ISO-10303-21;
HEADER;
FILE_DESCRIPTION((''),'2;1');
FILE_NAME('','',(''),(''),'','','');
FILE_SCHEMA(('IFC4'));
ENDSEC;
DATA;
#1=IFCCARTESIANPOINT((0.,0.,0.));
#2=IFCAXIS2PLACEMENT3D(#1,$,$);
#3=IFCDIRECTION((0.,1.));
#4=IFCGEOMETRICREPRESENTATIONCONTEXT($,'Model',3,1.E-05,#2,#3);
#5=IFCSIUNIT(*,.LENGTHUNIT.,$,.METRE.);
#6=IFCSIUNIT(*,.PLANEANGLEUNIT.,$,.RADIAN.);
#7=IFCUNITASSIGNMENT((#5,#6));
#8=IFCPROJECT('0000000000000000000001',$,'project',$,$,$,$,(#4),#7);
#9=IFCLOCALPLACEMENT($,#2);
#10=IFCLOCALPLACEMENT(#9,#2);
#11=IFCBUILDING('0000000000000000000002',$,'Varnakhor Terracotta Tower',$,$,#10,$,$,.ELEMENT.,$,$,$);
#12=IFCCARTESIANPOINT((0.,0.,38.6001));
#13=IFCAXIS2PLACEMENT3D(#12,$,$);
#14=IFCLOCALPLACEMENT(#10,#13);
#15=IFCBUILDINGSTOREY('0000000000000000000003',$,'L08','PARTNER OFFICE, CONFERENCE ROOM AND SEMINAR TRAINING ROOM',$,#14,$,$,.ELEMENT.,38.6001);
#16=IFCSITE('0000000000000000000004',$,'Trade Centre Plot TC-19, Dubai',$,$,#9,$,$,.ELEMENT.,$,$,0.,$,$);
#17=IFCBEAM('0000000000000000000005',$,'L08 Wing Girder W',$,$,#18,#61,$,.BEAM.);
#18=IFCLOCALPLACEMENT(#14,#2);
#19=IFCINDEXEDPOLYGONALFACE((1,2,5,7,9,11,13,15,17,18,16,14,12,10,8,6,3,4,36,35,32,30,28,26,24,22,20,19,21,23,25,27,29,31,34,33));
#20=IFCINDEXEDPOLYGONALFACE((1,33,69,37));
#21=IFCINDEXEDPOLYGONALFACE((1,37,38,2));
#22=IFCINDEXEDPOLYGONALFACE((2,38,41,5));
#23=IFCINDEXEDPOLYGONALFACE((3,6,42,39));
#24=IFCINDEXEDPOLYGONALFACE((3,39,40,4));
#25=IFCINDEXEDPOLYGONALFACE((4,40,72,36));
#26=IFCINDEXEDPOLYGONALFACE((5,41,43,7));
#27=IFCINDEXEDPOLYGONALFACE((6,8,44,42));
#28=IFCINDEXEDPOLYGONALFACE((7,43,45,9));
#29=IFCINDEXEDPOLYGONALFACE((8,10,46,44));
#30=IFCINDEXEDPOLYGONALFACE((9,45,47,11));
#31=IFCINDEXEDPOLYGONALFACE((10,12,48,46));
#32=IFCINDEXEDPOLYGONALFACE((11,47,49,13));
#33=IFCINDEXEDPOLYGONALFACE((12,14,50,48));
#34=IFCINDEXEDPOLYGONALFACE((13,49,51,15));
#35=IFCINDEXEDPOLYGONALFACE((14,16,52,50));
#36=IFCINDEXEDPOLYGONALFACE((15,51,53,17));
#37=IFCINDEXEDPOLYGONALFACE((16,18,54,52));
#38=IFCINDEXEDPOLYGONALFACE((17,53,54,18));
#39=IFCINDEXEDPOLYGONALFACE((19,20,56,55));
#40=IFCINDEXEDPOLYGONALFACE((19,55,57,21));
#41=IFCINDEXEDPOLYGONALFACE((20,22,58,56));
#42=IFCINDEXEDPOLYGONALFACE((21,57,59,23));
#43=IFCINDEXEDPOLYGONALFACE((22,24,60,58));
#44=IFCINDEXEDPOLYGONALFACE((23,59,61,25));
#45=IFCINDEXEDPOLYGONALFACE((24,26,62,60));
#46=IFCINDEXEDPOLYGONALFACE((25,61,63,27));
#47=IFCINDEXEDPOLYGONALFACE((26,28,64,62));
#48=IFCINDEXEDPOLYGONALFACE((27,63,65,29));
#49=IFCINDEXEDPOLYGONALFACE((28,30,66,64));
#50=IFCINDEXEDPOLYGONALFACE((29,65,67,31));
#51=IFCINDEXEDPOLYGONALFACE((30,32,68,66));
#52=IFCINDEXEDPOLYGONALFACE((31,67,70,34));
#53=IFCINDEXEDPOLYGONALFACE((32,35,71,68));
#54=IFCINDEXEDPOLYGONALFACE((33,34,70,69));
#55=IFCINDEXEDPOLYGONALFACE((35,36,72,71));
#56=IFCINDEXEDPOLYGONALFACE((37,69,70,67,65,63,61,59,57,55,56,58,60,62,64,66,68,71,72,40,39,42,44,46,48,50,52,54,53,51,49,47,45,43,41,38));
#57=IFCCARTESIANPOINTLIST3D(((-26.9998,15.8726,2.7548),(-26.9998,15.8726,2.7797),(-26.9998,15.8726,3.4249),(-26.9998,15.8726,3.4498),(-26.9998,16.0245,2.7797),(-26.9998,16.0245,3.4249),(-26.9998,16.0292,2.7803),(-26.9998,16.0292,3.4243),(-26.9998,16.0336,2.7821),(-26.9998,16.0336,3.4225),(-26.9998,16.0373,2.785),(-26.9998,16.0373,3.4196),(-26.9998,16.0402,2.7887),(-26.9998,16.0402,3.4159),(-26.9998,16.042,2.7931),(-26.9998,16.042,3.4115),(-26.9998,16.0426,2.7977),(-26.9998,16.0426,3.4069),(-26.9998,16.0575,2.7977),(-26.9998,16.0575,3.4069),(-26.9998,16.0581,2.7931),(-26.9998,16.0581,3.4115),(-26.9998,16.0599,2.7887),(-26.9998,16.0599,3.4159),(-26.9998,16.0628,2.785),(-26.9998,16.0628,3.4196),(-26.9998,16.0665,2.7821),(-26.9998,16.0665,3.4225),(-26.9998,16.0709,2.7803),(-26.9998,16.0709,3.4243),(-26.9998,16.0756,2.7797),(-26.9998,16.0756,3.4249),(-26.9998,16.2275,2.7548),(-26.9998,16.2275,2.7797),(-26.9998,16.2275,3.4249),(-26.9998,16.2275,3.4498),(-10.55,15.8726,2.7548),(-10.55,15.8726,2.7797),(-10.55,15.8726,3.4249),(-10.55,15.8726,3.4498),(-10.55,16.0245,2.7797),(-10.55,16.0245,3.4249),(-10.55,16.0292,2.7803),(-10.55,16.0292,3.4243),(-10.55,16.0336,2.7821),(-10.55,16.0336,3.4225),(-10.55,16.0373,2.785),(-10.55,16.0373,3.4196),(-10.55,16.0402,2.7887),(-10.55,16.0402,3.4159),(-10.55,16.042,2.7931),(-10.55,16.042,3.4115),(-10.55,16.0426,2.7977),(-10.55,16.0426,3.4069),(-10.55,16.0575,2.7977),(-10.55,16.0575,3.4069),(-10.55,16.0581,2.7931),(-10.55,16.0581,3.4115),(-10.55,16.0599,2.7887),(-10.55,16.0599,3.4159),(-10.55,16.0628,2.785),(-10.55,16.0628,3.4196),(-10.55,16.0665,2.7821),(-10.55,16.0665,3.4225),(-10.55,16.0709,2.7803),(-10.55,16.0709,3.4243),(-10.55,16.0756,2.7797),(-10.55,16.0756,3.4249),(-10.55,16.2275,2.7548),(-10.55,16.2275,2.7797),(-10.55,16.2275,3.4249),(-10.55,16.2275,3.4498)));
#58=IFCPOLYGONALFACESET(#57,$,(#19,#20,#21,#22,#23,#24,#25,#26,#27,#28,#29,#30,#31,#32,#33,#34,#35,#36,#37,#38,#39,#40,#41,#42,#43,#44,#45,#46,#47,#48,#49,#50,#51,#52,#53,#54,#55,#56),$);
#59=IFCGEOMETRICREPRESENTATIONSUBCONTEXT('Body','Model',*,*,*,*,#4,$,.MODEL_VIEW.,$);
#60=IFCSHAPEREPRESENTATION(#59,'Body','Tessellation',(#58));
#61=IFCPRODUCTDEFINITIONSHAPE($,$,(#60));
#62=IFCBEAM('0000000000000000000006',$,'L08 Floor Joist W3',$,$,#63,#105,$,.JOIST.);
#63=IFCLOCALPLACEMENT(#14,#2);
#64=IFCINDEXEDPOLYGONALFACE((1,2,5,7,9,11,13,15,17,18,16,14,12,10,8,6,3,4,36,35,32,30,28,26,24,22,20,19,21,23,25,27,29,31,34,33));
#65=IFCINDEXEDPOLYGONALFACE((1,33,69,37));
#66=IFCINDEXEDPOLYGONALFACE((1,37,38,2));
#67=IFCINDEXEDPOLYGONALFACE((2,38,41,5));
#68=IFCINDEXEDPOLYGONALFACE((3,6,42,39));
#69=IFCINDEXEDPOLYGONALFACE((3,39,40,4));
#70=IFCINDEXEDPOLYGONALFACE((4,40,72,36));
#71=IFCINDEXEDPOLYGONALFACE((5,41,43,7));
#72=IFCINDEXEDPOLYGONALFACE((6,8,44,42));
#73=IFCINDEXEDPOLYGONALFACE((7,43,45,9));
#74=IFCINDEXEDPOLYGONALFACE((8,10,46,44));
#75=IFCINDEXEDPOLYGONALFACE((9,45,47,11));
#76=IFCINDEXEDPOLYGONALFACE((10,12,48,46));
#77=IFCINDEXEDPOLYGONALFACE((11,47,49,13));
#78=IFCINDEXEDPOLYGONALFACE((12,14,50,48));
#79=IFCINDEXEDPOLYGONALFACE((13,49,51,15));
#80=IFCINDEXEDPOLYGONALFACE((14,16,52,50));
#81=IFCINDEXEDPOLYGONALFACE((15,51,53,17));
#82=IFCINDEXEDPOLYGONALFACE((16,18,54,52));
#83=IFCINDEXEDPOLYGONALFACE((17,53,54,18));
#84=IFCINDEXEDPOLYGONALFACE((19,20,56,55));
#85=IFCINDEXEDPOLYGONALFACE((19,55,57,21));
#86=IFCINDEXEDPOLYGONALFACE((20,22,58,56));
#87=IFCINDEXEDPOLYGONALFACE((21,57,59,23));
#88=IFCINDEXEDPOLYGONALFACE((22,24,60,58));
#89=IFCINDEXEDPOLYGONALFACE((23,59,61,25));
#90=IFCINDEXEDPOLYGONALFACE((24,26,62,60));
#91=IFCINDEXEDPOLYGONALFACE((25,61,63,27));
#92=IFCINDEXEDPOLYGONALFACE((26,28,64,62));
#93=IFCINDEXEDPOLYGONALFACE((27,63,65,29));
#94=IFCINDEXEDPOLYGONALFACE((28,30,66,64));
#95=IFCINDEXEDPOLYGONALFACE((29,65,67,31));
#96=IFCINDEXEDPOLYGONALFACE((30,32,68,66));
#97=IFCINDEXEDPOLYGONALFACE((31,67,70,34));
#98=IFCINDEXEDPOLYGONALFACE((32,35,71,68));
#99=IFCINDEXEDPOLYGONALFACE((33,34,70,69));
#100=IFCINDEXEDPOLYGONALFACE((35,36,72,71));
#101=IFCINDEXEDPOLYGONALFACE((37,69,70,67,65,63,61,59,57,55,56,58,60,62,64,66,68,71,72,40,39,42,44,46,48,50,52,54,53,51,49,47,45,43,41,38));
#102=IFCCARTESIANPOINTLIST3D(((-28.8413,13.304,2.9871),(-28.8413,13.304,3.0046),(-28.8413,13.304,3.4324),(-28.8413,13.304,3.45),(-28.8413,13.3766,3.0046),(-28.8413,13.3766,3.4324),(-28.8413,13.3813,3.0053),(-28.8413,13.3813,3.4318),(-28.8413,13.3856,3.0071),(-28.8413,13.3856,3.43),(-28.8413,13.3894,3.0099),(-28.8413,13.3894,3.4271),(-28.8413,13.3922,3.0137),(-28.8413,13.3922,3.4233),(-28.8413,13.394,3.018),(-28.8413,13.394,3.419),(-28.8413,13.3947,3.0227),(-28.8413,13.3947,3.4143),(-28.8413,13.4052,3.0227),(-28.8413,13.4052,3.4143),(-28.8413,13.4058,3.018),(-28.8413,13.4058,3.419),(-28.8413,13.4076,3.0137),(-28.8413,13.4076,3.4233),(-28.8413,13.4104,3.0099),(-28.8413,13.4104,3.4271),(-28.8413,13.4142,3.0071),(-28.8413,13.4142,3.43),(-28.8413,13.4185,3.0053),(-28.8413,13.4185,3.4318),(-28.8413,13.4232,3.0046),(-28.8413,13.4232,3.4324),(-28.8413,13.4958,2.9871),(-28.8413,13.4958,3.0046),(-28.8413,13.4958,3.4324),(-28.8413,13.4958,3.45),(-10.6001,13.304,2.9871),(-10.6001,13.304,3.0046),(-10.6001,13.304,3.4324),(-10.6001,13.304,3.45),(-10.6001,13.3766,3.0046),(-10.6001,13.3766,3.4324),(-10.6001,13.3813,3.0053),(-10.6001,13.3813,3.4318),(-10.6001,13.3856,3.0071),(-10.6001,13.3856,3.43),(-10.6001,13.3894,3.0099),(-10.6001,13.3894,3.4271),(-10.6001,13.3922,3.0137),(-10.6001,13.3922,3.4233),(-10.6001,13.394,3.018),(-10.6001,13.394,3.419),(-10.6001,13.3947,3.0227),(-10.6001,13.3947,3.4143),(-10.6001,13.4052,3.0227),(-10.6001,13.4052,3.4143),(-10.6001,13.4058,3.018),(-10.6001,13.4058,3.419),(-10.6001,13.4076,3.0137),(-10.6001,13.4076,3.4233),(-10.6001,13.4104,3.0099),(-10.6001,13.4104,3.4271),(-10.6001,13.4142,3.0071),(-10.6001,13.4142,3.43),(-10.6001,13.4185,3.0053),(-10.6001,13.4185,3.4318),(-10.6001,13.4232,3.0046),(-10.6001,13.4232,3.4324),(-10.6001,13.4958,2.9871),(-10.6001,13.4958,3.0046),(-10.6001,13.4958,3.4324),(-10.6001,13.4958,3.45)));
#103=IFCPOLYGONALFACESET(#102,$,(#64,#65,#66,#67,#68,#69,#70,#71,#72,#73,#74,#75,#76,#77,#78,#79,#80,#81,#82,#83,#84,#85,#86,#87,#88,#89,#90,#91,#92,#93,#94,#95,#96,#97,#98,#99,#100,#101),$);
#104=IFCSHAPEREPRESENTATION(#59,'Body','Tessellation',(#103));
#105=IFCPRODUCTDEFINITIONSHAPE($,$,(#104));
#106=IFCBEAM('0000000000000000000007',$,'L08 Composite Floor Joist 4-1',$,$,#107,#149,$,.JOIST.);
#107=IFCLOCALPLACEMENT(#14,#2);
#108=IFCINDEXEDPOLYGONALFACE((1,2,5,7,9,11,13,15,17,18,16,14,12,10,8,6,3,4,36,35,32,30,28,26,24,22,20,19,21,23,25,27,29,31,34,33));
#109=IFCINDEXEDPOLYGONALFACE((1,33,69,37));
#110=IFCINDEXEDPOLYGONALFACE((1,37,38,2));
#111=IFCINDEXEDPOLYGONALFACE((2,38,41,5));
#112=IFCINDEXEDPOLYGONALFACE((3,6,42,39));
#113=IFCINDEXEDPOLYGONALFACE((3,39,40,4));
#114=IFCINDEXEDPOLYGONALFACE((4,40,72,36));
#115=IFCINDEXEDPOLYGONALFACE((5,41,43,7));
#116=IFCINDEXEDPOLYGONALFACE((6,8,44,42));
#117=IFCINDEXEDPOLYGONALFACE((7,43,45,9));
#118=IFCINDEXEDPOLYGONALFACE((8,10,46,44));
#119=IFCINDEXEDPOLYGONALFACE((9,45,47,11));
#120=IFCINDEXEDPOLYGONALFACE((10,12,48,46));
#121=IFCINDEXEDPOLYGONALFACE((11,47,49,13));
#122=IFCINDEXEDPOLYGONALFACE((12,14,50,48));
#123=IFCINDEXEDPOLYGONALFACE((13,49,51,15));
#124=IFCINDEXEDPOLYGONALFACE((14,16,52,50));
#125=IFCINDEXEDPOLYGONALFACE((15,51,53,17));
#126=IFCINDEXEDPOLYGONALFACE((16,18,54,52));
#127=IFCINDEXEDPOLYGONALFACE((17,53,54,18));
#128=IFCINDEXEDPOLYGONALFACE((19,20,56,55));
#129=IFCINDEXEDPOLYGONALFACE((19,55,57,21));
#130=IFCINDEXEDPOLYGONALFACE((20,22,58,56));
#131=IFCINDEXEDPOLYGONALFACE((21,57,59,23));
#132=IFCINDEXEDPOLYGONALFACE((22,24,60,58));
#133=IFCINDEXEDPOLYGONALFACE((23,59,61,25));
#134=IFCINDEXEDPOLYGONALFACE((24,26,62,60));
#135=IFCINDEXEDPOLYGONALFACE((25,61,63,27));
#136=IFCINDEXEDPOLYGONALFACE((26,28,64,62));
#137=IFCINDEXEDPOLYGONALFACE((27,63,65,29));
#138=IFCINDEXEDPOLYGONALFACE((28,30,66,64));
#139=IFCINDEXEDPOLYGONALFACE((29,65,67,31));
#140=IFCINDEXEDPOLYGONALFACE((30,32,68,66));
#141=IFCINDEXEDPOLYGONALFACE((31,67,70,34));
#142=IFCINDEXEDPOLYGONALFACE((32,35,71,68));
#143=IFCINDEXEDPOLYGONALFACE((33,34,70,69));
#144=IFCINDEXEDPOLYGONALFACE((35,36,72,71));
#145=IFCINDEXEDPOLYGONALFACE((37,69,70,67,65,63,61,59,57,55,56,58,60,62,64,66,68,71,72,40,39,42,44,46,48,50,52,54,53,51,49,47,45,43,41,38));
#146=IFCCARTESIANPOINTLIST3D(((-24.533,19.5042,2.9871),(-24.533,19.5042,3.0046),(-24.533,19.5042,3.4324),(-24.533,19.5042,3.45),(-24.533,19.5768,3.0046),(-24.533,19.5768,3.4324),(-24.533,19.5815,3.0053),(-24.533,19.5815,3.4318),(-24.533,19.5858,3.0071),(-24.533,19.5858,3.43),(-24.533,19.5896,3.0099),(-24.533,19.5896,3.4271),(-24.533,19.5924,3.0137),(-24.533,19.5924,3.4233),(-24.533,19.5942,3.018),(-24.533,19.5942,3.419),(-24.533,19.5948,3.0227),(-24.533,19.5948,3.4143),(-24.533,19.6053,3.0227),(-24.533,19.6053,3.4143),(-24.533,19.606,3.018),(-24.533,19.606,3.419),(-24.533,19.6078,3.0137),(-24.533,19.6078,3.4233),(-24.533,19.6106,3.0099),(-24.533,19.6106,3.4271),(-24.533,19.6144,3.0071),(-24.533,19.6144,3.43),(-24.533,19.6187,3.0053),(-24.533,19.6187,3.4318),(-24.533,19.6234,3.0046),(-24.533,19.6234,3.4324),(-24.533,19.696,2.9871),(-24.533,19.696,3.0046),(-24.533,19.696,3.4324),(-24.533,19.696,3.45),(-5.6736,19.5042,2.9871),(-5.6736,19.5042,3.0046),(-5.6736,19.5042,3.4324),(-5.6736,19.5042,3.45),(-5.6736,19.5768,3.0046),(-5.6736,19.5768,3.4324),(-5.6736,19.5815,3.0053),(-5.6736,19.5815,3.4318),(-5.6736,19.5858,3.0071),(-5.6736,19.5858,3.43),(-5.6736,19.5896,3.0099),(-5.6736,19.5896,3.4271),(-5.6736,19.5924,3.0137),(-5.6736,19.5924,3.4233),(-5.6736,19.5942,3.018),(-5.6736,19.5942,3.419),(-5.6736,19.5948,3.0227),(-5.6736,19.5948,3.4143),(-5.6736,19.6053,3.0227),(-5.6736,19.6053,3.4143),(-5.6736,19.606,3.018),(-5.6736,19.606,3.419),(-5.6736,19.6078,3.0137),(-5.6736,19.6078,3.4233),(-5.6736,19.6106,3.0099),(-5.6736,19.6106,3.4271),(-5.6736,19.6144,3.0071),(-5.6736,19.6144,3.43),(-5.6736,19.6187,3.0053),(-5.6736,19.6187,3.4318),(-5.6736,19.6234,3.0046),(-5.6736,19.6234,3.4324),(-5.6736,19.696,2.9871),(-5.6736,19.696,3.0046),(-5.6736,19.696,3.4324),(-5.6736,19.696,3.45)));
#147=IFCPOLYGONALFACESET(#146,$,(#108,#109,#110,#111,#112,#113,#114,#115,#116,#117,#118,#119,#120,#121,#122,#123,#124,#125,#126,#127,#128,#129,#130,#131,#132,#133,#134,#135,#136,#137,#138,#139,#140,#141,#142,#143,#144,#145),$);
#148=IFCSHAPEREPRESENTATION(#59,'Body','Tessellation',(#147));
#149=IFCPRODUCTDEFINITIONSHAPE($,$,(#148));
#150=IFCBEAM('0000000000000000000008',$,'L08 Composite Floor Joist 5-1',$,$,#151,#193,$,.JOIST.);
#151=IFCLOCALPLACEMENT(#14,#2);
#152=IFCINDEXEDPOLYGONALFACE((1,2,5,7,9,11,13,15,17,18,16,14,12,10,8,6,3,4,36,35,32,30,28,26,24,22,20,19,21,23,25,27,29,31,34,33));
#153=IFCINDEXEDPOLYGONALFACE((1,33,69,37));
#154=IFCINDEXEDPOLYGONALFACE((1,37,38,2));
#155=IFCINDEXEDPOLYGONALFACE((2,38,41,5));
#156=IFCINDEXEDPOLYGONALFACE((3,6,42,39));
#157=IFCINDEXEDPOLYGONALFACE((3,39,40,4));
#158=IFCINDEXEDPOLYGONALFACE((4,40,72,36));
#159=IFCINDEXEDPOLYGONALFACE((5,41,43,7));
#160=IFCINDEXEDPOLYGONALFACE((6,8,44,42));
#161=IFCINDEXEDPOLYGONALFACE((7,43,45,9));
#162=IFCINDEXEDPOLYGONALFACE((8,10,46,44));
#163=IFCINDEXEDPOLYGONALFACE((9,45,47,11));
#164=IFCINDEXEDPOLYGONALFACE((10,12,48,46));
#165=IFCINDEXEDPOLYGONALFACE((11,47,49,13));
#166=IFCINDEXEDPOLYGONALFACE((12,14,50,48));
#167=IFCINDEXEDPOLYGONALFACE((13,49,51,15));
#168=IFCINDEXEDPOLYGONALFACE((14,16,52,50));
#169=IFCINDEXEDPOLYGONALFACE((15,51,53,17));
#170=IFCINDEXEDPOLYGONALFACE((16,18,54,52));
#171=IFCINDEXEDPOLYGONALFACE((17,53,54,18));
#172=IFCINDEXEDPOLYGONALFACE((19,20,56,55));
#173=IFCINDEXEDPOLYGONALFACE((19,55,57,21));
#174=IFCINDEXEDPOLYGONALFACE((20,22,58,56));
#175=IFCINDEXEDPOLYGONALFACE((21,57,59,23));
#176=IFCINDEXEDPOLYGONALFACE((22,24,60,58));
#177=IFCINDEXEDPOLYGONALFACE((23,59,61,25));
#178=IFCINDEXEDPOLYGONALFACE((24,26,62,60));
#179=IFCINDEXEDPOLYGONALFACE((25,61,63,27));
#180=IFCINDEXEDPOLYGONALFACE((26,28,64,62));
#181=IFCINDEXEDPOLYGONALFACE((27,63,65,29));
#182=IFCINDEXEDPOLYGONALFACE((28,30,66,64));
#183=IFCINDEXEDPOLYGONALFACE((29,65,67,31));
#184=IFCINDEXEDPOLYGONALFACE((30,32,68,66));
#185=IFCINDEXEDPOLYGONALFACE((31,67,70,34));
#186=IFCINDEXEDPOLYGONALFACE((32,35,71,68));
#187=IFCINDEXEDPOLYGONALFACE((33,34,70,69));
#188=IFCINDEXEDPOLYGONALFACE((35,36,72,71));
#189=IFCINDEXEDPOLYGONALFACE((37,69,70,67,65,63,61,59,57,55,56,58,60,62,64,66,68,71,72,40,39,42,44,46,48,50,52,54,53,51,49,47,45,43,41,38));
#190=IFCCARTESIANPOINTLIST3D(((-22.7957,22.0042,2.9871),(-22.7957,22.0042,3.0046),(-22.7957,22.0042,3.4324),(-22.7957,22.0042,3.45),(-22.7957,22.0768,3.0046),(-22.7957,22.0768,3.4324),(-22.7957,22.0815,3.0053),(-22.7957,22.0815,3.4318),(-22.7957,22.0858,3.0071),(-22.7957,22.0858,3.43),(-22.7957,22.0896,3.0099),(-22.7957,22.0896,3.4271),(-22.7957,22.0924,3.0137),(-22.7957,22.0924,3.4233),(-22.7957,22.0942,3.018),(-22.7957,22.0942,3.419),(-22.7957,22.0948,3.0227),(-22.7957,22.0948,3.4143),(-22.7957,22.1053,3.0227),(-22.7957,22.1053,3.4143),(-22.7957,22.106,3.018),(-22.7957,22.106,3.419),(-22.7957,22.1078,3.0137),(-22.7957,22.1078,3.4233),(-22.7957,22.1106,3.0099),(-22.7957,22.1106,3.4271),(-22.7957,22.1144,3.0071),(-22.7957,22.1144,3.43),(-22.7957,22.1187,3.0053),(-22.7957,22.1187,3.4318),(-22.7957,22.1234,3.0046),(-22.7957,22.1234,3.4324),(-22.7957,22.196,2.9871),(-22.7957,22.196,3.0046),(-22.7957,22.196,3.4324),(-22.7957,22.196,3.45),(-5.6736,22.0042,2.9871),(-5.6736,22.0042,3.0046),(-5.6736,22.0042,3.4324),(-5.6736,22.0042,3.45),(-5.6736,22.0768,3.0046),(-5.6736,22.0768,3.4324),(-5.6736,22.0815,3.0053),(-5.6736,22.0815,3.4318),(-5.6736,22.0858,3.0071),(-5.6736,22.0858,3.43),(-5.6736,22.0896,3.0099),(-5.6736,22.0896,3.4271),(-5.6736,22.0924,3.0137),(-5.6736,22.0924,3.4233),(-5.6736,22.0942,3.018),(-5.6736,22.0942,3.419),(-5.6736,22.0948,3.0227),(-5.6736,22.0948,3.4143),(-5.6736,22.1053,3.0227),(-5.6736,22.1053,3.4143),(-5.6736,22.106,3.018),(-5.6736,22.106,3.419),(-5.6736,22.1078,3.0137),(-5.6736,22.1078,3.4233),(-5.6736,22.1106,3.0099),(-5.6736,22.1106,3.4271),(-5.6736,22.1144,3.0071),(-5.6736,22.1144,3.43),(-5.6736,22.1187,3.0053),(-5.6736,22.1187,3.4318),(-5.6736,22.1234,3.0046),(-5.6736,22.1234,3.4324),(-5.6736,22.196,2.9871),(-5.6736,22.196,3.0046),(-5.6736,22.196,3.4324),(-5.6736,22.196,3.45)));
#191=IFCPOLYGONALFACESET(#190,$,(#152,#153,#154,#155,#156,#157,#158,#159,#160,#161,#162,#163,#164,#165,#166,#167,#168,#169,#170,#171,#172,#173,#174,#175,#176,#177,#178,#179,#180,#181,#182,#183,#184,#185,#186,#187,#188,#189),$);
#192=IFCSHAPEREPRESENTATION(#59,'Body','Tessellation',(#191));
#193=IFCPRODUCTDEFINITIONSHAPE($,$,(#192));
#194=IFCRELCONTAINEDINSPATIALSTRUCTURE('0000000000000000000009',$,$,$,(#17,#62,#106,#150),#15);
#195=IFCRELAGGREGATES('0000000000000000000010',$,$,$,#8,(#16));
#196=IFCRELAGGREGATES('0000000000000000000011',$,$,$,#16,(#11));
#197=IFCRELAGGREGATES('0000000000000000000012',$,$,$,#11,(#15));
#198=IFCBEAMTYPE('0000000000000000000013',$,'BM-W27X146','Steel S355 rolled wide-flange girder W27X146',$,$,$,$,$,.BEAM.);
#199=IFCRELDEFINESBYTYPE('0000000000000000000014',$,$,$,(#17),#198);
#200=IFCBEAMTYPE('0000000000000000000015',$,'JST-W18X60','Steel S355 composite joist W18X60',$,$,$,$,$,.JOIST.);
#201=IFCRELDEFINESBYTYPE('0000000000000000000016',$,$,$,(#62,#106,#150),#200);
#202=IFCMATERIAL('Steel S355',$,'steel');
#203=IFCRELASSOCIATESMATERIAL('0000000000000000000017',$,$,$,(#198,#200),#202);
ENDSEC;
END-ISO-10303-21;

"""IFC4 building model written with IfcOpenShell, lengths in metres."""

from ifc_helpers import new_model, si_unit, direction, frame, origin, origin_2d, place, context, subcontext, project, spatial, i_section, extrude, source, transform, mapped, material, material_profile, profile_set, type_object, element, save


model = new_model("IFC4")

# Units and contexts
model_context = context("Model", 3, precision=1e-05, world=origin(), true_north=direction((0.0, 1.0)))
body_context = subcontext(model_context, "Body", "Model", "MODEL_VIEW")
ifc_project = project(units=[si_unit("LENGTHUNIT", "METRE"), si_unit("PLANEANGLEUNIT", "RADIAN")], contexts=[model_context])

# Site, building, storey
site_placement = place(None, origin())
site = spatial("IfcSite", under=ifc_project, at=site_placement, Name="Trade Centre Plot TC-19, Dubai", CompositionType="ELEMENT", RefElevation=0.0)
building_placement = place(site_placement, origin())
building = spatial("IfcBuilding", under=site, at=building_placement, Name="Varnakhor Terracotta Tower", CompositionType="ELEMENT")
storey_placement = place(building_placement, frame((0.0, 0.0, 38.6001)))
storey = spatial("IfcBuildingStorey", under=building, at=storey_placement, Name="L08", Description="PARTNER OFFICE, CONFERENCE ROOM AND SEMINAR TRAINING ROOM", CompositionType="ELEMENT", Elevation=38.6001)

# Beams
ifc_material_1 = material(Name="Steel S355", Category="steel")
ifc_material_profile_1 = material_profile(ifc_material_1, i_section(OverallWidth=0.355, OverallDepth=0.6951, WebThickness=0.0149, FlangeThickness=0.0249, FilletRadius=0.0181, at=origin_2d()), Name="W27X146")
ifc_profile_set_1 = profile_set([ifc_material_profile_1], Name="Steel S355")
beam_type_1 = type_object("IfcBeamType", Name="BM-W27X146", Description="Steel S355 rolled wide-flange girder W27X146", PredefinedType="BEAM", material=ifc_profile_set_1)
shared_shape_1 = source(origin(), body_context, "Body", "SweptSolid", [
    extrude(i_section(OverallWidth=0.355, OverallDepth=0.6951, WebThickness=0.0149, FlangeThickness=0.0249, FilletRadius=0.0181, at=origin_2d()), origin(), (0.0, 0.0, 1.0), 16.4497),
])
beam_1_placement = place(storey_placement, frame((-26.9998, 16.05, 3.1023), z_axis=(1.0, 0.0, 0.0), x_axis=(0.0, 1.0, 0.0)))
element("IfcBeam", 1, at=beam_1_placement, inside=storey, type_object=beam_type_1, Name="L08 Wing Girder W", PredefinedType="BEAM", context=body_context, shape_type="MappedRepresentation", body=[
    mapped(shared_shape_1, transform((0.0, 0.0, 0.0), scale=1.0)),
])
ifc_material_profile_2 = material_profile(ifc_material_1, i_section(OverallWidth=0.1919, OverallDepth=0.4629, WebThickness=0.0105, FlangeThickness=0.0176, FilletRadius=0.0181, at=origin_2d()), Name="W18X60")
ifc_profile_set_2 = profile_set([ifc_material_profile_2], Name="Steel S355")
beam_type_2 = type_object("IfcBeamType", Name="JST-W18X60", Description="Steel S355 composite joist W18X60", PredefinedType="JOIST", material=ifc_profile_set_2)
shared_shape_2 = source(origin(), body_context, "Body", "SweptSolid", [
    extrude(i_section(OverallWidth=0.1919, OverallDepth=0.4629, WebThickness=0.0105, FlangeThickness=0.0176, FilletRadius=0.0181, at=origin_2d()), origin(), (0.0, 0.0, 1.0), 18.2412),
])
beam_2_placement = place(storey_placement, frame((-28.8413, 13.3999, 3.2185), z_axis=(1.0, 0.0, 0.0), x_axis=(0.0, 1.0, 0.0)))
element("IfcBeam", 2, at=beam_2_placement, inside=storey, type_object=beam_type_2, Name="L08 Floor Joist W3", PredefinedType="JOIST", context=body_context, shape_type="MappedRepresentation", body=[
    mapped(shared_shape_2, transform((0.0, 0.0, 0.0), scale=1.0)),
])
shared_shape_3 = source(origin(), body_context, "Body", "SweptSolid", [
    extrude(i_section(OverallWidth=0.1919, OverallDepth=0.4629, WebThickness=0.0105, FlangeThickness=0.0176, FilletRadius=0.0181, at=origin_2d()), origin(), (0.0, 0.0, 1.0), 18.8594),
])
beam_3_placement = place(storey_placement, frame((-24.533, 19.6001, 3.2185), z_axis=(1.0, 0.0, 0.0), x_axis=(0.0, 1.0, 0.0)))
element("IfcBeam", 3, at=beam_3_placement, inside=storey, type_object=beam_type_2, Name="L08 Composite Floor Joist 4-1", PredefinedType="JOIST", context=body_context, shape_type="MappedRepresentation", body=[
    mapped(shared_shape_3, transform((0.0, 0.0, 0.0), scale=1.0)),
])
shared_shape_4 = source(origin(), body_context, "Body", "SweptSolid", [
    extrude(i_section(OverallWidth=0.1919, OverallDepth=0.4629, WebThickness=0.0105, FlangeThickness=0.0176, FilletRadius=0.0181, at=origin_2d()), origin(), (0.0, 0.0, 1.0), 17.1221),
])
beam_4_placement = place(storey_placement, frame((-22.7957, 22.1001, 3.2185), z_axis=(1.0, 0.0, 0.0), x_axis=(0.0, 1.0, 0.0)))
element("IfcBeam", 4, at=beam_4_placement, inside=storey, type_object=beam_type_2, Name="L08 Composite Floor Joist 5-1", PredefinedType="JOIST", context=body_context, shape_type="MappedRepresentation", body=[
    mapped(shared_shape_4, transform((0.0, 0.0, 0.0), scale=1.0)),
])

save(model, "model.ifc")
